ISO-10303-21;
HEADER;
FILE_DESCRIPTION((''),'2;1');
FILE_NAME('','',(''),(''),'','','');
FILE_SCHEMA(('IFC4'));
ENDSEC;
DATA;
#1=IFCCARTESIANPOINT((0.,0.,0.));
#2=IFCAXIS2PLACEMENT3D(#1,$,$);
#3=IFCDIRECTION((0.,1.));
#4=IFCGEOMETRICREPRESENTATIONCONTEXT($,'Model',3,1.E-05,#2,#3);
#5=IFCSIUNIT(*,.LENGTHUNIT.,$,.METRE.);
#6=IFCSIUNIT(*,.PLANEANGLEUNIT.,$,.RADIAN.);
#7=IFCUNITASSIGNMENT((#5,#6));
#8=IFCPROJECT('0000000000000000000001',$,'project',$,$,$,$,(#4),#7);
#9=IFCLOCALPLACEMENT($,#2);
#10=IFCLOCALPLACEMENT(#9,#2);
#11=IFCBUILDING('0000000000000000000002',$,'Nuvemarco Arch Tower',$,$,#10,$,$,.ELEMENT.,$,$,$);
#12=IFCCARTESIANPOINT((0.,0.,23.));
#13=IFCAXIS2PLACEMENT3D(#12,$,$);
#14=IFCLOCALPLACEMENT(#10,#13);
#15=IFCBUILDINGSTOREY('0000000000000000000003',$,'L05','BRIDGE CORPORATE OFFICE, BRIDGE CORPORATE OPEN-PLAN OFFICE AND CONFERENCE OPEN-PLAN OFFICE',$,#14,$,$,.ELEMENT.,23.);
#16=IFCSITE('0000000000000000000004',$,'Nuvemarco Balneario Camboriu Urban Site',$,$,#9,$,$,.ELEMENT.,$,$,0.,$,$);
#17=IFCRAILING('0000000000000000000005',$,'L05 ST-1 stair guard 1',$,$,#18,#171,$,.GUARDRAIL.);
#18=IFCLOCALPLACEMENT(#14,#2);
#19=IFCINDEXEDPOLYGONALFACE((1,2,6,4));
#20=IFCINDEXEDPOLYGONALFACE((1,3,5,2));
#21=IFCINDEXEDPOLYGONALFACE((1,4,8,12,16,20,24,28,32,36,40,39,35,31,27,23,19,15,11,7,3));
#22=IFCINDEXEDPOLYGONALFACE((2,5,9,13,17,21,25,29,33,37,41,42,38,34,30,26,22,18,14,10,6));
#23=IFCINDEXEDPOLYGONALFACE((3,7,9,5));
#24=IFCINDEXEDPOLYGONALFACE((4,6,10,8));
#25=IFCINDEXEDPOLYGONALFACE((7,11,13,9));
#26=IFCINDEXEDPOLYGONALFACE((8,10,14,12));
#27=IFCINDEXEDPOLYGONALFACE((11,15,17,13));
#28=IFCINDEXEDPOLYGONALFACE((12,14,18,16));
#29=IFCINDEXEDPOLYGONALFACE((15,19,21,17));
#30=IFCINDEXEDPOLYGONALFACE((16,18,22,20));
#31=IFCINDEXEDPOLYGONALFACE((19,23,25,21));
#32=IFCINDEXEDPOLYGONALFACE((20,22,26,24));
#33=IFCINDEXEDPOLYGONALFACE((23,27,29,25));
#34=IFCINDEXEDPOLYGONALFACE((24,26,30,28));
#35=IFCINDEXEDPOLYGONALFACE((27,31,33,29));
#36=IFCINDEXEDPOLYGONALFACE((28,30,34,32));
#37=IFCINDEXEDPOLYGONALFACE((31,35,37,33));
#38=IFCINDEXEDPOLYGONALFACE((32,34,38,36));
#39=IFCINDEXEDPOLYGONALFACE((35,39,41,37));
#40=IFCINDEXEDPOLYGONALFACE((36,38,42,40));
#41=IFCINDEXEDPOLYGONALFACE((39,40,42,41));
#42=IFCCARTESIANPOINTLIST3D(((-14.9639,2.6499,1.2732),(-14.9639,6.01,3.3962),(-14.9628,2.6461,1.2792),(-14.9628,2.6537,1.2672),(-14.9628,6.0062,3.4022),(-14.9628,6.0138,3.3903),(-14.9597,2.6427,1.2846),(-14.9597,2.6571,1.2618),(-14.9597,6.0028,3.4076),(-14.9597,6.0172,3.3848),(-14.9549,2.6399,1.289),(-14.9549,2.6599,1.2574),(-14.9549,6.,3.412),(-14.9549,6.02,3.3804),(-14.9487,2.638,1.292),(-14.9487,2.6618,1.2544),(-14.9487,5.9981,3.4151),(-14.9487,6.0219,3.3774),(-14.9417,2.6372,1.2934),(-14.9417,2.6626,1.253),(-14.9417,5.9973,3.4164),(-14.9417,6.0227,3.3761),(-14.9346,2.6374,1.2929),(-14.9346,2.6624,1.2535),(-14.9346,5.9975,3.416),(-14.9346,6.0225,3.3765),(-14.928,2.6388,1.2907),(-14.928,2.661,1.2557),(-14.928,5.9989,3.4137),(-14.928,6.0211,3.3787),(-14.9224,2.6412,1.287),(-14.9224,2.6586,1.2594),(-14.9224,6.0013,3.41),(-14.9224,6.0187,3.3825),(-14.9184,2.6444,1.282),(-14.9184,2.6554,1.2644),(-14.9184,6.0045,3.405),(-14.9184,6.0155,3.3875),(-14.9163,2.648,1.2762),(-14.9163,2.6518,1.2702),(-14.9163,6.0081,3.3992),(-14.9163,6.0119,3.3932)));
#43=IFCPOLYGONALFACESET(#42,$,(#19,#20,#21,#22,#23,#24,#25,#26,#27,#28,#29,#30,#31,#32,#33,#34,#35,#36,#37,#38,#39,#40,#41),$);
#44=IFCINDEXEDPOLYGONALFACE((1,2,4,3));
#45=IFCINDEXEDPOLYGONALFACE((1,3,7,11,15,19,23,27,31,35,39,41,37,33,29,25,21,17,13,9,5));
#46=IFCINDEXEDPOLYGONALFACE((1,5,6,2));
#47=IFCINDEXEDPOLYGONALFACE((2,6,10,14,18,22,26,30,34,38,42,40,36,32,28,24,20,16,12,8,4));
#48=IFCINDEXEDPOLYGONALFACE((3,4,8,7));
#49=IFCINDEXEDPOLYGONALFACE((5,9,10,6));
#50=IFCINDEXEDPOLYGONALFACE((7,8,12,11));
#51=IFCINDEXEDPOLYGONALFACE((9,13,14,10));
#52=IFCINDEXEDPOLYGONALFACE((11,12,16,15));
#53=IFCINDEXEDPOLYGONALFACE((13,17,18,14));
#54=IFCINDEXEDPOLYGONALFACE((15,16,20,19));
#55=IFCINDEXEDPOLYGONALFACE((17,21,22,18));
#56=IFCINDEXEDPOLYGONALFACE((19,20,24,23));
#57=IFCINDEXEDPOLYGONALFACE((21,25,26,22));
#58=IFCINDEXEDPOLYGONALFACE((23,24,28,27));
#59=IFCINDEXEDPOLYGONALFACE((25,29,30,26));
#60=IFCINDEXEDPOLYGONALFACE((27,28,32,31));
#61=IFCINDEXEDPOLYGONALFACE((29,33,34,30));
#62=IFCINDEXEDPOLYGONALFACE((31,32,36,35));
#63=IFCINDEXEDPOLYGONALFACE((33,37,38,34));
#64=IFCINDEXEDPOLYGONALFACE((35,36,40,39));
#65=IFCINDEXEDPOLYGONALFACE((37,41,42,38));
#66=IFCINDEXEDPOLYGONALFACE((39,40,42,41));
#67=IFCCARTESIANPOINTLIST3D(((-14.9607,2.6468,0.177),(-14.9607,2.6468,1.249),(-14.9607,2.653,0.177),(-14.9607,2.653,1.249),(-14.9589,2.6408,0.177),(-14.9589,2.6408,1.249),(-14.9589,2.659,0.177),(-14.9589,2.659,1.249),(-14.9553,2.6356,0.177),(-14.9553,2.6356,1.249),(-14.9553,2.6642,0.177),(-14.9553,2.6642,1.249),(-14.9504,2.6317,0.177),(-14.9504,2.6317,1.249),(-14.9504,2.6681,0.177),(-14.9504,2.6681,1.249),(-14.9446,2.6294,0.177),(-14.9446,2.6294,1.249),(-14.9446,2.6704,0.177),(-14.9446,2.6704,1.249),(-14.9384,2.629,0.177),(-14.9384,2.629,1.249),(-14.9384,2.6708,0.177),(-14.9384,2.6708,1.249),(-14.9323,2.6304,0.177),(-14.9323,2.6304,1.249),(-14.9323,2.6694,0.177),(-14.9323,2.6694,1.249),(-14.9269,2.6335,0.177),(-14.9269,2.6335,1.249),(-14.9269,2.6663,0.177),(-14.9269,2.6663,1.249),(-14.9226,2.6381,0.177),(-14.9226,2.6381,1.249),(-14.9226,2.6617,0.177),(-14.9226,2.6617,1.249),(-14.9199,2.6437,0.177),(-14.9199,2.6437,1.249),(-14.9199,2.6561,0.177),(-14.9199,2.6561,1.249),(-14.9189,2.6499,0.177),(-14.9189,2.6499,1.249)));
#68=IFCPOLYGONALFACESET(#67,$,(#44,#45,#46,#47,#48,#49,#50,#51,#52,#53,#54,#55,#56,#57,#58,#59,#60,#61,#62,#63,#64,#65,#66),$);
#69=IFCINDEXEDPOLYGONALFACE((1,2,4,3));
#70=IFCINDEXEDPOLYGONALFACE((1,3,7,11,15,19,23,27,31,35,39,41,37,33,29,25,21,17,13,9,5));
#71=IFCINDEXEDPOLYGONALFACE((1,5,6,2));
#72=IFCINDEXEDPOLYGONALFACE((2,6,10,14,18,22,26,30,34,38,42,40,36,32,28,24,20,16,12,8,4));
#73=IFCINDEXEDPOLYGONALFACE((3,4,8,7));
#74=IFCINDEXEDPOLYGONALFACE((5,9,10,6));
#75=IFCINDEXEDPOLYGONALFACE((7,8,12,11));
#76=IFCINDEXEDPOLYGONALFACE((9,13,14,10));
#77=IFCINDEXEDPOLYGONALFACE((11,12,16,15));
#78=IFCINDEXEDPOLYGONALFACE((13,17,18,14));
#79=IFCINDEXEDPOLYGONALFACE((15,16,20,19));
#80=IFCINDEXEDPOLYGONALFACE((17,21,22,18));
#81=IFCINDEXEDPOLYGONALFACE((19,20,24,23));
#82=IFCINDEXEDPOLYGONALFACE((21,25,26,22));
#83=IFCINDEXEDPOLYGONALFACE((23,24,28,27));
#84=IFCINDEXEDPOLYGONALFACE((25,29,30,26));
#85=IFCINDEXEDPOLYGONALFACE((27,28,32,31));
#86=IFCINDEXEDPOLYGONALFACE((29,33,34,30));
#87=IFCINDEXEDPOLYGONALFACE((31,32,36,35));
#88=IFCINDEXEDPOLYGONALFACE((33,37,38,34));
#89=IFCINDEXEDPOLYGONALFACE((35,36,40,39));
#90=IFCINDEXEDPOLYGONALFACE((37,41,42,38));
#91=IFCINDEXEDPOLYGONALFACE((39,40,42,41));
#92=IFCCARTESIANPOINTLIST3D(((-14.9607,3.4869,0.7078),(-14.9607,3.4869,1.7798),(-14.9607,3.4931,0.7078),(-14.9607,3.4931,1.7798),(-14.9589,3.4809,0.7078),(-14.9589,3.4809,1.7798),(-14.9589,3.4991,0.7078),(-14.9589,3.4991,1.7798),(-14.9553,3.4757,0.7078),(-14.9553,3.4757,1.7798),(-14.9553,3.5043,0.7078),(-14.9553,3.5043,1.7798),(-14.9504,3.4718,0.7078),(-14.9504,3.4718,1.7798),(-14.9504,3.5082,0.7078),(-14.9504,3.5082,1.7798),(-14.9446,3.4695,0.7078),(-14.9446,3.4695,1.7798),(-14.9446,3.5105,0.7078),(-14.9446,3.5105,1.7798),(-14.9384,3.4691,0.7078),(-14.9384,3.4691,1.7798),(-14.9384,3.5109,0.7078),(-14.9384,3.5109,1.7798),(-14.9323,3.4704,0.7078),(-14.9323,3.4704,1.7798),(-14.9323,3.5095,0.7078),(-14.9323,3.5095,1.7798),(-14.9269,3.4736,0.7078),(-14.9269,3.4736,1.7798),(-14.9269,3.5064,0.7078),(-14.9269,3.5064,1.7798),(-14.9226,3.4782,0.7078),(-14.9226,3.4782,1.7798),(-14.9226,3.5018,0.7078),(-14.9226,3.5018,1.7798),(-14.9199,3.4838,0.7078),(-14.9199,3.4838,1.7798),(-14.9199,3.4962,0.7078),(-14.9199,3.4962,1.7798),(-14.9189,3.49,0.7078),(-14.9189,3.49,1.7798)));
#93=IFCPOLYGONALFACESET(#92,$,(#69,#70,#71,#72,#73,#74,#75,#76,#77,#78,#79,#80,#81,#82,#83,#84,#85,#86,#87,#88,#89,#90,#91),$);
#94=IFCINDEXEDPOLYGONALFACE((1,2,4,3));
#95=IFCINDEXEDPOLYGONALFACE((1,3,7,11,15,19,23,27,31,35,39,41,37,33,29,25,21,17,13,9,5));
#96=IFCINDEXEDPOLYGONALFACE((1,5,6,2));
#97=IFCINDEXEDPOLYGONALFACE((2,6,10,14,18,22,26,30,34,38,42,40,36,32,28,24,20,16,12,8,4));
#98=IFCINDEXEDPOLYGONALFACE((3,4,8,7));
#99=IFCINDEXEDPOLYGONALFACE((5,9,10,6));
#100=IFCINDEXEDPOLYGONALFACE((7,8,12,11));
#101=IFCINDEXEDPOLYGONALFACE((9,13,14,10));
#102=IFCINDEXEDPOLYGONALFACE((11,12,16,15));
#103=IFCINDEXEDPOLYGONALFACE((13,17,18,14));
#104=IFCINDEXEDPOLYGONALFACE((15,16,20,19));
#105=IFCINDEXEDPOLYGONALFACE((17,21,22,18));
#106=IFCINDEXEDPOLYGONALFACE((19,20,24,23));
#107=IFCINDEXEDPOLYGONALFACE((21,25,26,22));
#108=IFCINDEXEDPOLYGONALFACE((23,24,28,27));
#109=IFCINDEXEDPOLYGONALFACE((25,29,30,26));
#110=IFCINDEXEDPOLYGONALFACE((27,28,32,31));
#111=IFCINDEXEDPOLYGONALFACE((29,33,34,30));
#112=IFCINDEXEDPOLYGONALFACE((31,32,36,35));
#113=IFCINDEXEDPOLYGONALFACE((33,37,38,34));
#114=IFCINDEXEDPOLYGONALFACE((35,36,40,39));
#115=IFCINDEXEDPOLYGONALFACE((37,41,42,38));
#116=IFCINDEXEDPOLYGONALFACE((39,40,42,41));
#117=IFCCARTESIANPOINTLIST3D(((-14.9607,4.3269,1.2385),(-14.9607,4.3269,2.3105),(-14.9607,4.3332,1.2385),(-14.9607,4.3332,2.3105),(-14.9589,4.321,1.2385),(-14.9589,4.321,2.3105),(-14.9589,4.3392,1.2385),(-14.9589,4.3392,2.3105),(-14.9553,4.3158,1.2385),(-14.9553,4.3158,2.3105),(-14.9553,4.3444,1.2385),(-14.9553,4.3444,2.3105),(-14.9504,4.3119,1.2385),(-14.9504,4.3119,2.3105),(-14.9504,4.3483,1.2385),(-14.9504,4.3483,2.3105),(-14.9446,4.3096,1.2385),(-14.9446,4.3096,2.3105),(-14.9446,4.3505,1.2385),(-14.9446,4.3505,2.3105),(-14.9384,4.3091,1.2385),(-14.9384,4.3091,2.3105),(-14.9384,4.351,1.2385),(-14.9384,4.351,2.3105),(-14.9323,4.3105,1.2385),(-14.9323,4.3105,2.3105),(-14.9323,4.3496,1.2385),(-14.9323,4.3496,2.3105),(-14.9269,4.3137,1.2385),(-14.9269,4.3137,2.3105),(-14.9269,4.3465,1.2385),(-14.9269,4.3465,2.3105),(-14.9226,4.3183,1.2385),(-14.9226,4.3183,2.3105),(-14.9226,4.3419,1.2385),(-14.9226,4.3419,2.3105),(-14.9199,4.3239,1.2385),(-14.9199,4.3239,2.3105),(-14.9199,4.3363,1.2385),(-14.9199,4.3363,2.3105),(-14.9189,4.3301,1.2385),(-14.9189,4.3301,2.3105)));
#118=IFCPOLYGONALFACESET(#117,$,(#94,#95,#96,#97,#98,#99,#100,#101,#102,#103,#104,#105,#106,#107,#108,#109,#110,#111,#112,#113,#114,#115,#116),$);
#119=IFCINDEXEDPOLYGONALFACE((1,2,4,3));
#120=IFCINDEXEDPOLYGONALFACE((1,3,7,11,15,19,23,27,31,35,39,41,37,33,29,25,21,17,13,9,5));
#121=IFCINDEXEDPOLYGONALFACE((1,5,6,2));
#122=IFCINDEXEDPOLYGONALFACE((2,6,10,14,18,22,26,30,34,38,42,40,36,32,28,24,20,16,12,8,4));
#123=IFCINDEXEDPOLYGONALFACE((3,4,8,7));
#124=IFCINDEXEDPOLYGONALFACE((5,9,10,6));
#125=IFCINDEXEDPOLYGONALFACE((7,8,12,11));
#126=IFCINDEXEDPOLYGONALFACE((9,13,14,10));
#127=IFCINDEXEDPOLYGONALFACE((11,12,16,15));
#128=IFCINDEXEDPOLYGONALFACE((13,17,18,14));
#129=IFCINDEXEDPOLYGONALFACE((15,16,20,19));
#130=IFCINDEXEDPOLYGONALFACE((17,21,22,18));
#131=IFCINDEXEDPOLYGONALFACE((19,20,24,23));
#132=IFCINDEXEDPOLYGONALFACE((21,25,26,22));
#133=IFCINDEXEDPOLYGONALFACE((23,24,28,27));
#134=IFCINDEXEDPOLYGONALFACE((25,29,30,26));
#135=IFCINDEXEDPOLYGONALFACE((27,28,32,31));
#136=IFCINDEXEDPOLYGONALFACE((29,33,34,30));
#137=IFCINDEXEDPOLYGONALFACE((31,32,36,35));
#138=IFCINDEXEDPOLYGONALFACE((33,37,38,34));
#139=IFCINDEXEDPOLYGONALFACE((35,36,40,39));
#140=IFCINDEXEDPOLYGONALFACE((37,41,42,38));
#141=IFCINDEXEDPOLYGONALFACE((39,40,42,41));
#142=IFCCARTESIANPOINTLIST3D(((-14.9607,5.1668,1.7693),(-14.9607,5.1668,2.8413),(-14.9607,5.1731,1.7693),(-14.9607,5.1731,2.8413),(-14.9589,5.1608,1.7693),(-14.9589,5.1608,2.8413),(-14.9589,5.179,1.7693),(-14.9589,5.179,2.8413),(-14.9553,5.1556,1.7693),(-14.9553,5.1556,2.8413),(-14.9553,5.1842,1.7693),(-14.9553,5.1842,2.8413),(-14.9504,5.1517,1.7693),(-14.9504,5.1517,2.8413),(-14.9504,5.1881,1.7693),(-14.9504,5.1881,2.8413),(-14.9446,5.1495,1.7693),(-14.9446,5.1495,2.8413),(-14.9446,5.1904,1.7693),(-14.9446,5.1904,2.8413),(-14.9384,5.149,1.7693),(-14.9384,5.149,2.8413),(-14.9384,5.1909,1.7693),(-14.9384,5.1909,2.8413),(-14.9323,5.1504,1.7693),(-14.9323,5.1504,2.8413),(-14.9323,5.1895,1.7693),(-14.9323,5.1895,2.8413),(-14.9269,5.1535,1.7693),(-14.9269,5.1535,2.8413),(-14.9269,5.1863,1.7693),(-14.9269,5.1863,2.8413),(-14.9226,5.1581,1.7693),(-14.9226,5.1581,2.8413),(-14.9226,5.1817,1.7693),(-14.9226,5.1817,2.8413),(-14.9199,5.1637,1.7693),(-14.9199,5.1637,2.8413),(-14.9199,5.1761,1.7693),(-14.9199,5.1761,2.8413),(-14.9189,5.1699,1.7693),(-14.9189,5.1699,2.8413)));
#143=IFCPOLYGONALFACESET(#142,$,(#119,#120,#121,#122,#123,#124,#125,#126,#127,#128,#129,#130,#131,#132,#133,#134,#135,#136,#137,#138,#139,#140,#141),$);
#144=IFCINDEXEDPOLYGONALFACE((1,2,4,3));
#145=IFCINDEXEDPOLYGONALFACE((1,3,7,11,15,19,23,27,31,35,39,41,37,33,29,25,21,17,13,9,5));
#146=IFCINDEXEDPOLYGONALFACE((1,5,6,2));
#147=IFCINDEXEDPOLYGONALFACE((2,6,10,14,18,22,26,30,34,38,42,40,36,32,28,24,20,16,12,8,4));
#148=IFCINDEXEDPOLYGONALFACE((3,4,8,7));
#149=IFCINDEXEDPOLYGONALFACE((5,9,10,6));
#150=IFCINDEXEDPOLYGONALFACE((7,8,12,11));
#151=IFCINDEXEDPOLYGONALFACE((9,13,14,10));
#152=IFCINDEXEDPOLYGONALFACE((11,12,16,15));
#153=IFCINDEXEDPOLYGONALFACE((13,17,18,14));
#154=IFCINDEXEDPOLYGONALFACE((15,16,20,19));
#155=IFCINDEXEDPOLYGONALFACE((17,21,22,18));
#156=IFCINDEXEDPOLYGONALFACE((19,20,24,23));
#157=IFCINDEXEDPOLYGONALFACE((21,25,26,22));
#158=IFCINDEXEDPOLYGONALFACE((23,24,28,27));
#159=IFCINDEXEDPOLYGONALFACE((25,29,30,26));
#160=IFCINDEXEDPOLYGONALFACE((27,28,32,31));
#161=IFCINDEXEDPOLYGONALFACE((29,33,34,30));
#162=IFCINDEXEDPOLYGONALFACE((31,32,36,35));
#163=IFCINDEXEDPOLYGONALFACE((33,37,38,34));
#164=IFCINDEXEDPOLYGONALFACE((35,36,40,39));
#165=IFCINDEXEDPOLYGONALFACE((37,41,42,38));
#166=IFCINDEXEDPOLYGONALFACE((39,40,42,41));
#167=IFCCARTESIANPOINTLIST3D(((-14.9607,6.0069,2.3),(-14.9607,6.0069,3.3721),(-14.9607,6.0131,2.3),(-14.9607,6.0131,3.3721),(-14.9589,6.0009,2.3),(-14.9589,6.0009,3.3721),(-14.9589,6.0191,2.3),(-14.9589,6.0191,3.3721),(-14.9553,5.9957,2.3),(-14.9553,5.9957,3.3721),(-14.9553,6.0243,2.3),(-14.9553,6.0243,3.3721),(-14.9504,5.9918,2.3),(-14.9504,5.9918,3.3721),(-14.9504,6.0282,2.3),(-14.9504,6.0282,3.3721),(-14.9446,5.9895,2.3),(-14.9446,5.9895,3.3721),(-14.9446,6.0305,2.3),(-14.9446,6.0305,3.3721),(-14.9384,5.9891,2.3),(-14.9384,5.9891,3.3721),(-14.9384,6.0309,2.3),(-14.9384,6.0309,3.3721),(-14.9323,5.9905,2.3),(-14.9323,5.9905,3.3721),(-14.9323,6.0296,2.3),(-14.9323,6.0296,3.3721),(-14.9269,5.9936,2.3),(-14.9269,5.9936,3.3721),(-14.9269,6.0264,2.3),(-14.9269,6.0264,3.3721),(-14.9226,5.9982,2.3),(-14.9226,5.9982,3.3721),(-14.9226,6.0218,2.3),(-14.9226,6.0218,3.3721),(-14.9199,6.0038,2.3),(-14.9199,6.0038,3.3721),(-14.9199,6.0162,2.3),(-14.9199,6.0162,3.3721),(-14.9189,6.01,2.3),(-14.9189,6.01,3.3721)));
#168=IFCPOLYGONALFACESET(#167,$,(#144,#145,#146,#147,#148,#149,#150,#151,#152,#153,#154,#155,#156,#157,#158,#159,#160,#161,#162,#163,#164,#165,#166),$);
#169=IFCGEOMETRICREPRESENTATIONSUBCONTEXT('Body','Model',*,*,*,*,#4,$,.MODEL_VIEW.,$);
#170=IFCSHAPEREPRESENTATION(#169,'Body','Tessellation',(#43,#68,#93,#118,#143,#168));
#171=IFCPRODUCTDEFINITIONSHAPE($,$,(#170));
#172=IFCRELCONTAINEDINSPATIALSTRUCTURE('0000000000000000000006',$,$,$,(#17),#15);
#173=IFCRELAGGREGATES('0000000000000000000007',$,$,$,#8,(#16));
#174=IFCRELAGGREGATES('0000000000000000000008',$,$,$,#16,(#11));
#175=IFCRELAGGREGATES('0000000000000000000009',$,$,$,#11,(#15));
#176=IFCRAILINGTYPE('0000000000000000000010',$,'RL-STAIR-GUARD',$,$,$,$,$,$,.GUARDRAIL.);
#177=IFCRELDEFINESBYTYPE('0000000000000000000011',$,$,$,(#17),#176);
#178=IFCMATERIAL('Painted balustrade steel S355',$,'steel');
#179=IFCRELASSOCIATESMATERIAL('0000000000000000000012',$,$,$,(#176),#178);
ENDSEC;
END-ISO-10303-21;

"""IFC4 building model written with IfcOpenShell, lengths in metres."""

from ifc_helpers import new_model, si_unit, direction, frame, origin, origin_2d, place, context, subcontext, project, spatial, circle, extrude, material, type_object, element, save


model = new_model("IFC4")

# Units and contexts
model_context = context("Model", 3, precision=1e-05, world=origin(), true_north=direction((0.0, 1.0)))
body_context = subcontext(model_context, "Body", "Model", "MODEL_VIEW")
ifc_project = project(units=[si_unit("LENGTHUNIT", "METRE"), si_unit("PLANEANGLEUNIT", "RADIAN")], contexts=[model_context])

# Site, building, storey
site_placement = place(None, origin())
site = spatial("IfcSite", under=ifc_project, at=site_placement, Name="Nuvemarco Balneario Camboriu Urban Site", CompositionType="ELEMENT", RefElevation=0.0)
building_placement = place(site_placement, origin())
building = spatial("IfcBuilding", under=site, at=building_placement, Name="Nuvemarco Arch Tower", CompositionType="ELEMENT")
storey_placement = place(building_placement, frame((0.0, 0.0, 23.0)))
storey = spatial("IfcBuildingStorey", under=building, at=storey_placement, Name="L05", Description="BRIDGE CORPORATE OFFICE, BRIDGE CORPORATE OPEN-PLAN OFFICE AND CONFERENCE OPEN-PLAN OFFICE", CompositionType="ELEMENT", Elevation=23.0)

# Railing
ifc_material_1 = material(Name="Painted balustrade steel S355", Category="steel")
railing_type_1 = type_object("IfcRailingType", Name="RL-STAIR-GUARD", PredefinedType="GUARDRAIL", material=ifc_material_1)
railing_1_placement = place(storey_placement, frame((-14.9399, 2.6499, 0.177)))
element("IfcRailing", 1, at=railing_1_placement, inside=storey, type_object=railing_type_1, Name="L05 ST-1 stair guard 1", PredefinedType="GUARDRAIL", context=body_context, shape_type="SweptSolid", body=[
    extrude(circle(Radius=0.0239, at=origin_2d()), frame((0.0, 0.0, 1.0962), z_axis=(0.0, 0.84539, 0.53415), x_axis=(-1.0, 0.0, 0.0)), (0.0, 0.0, 1.0), 3.9746),
    extrude(circle(Radius=0.021, at=origin_2d()), origin(), (0.0, 0.0, 1.0), 1.072),
    extrude(circle(Radius=0.021, at=origin_2d()), frame((0.0, 0.8401, 0.5308)), (0.0, 0.0, 1.0), 1.072),
    extrude(circle(Radius=0.021, at=origin_2d()), frame((0.0, 1.6802, 1.0615)), (0.0, 0.0, 1.0), 1.072),
    extrude(circle(Radius=0.021, at=origin_2d()), frame((0.0, 2.52, 1.5923)), (0.0, 0.0, 1.0), 1.072),
    extrude(circle(Radius=0.021, at=origin_2d()), frame((0.0, 3.3601, 2.123)), (0.0, 0.0, 1.0), 1.072),
])

save(model, "model.ifc")
